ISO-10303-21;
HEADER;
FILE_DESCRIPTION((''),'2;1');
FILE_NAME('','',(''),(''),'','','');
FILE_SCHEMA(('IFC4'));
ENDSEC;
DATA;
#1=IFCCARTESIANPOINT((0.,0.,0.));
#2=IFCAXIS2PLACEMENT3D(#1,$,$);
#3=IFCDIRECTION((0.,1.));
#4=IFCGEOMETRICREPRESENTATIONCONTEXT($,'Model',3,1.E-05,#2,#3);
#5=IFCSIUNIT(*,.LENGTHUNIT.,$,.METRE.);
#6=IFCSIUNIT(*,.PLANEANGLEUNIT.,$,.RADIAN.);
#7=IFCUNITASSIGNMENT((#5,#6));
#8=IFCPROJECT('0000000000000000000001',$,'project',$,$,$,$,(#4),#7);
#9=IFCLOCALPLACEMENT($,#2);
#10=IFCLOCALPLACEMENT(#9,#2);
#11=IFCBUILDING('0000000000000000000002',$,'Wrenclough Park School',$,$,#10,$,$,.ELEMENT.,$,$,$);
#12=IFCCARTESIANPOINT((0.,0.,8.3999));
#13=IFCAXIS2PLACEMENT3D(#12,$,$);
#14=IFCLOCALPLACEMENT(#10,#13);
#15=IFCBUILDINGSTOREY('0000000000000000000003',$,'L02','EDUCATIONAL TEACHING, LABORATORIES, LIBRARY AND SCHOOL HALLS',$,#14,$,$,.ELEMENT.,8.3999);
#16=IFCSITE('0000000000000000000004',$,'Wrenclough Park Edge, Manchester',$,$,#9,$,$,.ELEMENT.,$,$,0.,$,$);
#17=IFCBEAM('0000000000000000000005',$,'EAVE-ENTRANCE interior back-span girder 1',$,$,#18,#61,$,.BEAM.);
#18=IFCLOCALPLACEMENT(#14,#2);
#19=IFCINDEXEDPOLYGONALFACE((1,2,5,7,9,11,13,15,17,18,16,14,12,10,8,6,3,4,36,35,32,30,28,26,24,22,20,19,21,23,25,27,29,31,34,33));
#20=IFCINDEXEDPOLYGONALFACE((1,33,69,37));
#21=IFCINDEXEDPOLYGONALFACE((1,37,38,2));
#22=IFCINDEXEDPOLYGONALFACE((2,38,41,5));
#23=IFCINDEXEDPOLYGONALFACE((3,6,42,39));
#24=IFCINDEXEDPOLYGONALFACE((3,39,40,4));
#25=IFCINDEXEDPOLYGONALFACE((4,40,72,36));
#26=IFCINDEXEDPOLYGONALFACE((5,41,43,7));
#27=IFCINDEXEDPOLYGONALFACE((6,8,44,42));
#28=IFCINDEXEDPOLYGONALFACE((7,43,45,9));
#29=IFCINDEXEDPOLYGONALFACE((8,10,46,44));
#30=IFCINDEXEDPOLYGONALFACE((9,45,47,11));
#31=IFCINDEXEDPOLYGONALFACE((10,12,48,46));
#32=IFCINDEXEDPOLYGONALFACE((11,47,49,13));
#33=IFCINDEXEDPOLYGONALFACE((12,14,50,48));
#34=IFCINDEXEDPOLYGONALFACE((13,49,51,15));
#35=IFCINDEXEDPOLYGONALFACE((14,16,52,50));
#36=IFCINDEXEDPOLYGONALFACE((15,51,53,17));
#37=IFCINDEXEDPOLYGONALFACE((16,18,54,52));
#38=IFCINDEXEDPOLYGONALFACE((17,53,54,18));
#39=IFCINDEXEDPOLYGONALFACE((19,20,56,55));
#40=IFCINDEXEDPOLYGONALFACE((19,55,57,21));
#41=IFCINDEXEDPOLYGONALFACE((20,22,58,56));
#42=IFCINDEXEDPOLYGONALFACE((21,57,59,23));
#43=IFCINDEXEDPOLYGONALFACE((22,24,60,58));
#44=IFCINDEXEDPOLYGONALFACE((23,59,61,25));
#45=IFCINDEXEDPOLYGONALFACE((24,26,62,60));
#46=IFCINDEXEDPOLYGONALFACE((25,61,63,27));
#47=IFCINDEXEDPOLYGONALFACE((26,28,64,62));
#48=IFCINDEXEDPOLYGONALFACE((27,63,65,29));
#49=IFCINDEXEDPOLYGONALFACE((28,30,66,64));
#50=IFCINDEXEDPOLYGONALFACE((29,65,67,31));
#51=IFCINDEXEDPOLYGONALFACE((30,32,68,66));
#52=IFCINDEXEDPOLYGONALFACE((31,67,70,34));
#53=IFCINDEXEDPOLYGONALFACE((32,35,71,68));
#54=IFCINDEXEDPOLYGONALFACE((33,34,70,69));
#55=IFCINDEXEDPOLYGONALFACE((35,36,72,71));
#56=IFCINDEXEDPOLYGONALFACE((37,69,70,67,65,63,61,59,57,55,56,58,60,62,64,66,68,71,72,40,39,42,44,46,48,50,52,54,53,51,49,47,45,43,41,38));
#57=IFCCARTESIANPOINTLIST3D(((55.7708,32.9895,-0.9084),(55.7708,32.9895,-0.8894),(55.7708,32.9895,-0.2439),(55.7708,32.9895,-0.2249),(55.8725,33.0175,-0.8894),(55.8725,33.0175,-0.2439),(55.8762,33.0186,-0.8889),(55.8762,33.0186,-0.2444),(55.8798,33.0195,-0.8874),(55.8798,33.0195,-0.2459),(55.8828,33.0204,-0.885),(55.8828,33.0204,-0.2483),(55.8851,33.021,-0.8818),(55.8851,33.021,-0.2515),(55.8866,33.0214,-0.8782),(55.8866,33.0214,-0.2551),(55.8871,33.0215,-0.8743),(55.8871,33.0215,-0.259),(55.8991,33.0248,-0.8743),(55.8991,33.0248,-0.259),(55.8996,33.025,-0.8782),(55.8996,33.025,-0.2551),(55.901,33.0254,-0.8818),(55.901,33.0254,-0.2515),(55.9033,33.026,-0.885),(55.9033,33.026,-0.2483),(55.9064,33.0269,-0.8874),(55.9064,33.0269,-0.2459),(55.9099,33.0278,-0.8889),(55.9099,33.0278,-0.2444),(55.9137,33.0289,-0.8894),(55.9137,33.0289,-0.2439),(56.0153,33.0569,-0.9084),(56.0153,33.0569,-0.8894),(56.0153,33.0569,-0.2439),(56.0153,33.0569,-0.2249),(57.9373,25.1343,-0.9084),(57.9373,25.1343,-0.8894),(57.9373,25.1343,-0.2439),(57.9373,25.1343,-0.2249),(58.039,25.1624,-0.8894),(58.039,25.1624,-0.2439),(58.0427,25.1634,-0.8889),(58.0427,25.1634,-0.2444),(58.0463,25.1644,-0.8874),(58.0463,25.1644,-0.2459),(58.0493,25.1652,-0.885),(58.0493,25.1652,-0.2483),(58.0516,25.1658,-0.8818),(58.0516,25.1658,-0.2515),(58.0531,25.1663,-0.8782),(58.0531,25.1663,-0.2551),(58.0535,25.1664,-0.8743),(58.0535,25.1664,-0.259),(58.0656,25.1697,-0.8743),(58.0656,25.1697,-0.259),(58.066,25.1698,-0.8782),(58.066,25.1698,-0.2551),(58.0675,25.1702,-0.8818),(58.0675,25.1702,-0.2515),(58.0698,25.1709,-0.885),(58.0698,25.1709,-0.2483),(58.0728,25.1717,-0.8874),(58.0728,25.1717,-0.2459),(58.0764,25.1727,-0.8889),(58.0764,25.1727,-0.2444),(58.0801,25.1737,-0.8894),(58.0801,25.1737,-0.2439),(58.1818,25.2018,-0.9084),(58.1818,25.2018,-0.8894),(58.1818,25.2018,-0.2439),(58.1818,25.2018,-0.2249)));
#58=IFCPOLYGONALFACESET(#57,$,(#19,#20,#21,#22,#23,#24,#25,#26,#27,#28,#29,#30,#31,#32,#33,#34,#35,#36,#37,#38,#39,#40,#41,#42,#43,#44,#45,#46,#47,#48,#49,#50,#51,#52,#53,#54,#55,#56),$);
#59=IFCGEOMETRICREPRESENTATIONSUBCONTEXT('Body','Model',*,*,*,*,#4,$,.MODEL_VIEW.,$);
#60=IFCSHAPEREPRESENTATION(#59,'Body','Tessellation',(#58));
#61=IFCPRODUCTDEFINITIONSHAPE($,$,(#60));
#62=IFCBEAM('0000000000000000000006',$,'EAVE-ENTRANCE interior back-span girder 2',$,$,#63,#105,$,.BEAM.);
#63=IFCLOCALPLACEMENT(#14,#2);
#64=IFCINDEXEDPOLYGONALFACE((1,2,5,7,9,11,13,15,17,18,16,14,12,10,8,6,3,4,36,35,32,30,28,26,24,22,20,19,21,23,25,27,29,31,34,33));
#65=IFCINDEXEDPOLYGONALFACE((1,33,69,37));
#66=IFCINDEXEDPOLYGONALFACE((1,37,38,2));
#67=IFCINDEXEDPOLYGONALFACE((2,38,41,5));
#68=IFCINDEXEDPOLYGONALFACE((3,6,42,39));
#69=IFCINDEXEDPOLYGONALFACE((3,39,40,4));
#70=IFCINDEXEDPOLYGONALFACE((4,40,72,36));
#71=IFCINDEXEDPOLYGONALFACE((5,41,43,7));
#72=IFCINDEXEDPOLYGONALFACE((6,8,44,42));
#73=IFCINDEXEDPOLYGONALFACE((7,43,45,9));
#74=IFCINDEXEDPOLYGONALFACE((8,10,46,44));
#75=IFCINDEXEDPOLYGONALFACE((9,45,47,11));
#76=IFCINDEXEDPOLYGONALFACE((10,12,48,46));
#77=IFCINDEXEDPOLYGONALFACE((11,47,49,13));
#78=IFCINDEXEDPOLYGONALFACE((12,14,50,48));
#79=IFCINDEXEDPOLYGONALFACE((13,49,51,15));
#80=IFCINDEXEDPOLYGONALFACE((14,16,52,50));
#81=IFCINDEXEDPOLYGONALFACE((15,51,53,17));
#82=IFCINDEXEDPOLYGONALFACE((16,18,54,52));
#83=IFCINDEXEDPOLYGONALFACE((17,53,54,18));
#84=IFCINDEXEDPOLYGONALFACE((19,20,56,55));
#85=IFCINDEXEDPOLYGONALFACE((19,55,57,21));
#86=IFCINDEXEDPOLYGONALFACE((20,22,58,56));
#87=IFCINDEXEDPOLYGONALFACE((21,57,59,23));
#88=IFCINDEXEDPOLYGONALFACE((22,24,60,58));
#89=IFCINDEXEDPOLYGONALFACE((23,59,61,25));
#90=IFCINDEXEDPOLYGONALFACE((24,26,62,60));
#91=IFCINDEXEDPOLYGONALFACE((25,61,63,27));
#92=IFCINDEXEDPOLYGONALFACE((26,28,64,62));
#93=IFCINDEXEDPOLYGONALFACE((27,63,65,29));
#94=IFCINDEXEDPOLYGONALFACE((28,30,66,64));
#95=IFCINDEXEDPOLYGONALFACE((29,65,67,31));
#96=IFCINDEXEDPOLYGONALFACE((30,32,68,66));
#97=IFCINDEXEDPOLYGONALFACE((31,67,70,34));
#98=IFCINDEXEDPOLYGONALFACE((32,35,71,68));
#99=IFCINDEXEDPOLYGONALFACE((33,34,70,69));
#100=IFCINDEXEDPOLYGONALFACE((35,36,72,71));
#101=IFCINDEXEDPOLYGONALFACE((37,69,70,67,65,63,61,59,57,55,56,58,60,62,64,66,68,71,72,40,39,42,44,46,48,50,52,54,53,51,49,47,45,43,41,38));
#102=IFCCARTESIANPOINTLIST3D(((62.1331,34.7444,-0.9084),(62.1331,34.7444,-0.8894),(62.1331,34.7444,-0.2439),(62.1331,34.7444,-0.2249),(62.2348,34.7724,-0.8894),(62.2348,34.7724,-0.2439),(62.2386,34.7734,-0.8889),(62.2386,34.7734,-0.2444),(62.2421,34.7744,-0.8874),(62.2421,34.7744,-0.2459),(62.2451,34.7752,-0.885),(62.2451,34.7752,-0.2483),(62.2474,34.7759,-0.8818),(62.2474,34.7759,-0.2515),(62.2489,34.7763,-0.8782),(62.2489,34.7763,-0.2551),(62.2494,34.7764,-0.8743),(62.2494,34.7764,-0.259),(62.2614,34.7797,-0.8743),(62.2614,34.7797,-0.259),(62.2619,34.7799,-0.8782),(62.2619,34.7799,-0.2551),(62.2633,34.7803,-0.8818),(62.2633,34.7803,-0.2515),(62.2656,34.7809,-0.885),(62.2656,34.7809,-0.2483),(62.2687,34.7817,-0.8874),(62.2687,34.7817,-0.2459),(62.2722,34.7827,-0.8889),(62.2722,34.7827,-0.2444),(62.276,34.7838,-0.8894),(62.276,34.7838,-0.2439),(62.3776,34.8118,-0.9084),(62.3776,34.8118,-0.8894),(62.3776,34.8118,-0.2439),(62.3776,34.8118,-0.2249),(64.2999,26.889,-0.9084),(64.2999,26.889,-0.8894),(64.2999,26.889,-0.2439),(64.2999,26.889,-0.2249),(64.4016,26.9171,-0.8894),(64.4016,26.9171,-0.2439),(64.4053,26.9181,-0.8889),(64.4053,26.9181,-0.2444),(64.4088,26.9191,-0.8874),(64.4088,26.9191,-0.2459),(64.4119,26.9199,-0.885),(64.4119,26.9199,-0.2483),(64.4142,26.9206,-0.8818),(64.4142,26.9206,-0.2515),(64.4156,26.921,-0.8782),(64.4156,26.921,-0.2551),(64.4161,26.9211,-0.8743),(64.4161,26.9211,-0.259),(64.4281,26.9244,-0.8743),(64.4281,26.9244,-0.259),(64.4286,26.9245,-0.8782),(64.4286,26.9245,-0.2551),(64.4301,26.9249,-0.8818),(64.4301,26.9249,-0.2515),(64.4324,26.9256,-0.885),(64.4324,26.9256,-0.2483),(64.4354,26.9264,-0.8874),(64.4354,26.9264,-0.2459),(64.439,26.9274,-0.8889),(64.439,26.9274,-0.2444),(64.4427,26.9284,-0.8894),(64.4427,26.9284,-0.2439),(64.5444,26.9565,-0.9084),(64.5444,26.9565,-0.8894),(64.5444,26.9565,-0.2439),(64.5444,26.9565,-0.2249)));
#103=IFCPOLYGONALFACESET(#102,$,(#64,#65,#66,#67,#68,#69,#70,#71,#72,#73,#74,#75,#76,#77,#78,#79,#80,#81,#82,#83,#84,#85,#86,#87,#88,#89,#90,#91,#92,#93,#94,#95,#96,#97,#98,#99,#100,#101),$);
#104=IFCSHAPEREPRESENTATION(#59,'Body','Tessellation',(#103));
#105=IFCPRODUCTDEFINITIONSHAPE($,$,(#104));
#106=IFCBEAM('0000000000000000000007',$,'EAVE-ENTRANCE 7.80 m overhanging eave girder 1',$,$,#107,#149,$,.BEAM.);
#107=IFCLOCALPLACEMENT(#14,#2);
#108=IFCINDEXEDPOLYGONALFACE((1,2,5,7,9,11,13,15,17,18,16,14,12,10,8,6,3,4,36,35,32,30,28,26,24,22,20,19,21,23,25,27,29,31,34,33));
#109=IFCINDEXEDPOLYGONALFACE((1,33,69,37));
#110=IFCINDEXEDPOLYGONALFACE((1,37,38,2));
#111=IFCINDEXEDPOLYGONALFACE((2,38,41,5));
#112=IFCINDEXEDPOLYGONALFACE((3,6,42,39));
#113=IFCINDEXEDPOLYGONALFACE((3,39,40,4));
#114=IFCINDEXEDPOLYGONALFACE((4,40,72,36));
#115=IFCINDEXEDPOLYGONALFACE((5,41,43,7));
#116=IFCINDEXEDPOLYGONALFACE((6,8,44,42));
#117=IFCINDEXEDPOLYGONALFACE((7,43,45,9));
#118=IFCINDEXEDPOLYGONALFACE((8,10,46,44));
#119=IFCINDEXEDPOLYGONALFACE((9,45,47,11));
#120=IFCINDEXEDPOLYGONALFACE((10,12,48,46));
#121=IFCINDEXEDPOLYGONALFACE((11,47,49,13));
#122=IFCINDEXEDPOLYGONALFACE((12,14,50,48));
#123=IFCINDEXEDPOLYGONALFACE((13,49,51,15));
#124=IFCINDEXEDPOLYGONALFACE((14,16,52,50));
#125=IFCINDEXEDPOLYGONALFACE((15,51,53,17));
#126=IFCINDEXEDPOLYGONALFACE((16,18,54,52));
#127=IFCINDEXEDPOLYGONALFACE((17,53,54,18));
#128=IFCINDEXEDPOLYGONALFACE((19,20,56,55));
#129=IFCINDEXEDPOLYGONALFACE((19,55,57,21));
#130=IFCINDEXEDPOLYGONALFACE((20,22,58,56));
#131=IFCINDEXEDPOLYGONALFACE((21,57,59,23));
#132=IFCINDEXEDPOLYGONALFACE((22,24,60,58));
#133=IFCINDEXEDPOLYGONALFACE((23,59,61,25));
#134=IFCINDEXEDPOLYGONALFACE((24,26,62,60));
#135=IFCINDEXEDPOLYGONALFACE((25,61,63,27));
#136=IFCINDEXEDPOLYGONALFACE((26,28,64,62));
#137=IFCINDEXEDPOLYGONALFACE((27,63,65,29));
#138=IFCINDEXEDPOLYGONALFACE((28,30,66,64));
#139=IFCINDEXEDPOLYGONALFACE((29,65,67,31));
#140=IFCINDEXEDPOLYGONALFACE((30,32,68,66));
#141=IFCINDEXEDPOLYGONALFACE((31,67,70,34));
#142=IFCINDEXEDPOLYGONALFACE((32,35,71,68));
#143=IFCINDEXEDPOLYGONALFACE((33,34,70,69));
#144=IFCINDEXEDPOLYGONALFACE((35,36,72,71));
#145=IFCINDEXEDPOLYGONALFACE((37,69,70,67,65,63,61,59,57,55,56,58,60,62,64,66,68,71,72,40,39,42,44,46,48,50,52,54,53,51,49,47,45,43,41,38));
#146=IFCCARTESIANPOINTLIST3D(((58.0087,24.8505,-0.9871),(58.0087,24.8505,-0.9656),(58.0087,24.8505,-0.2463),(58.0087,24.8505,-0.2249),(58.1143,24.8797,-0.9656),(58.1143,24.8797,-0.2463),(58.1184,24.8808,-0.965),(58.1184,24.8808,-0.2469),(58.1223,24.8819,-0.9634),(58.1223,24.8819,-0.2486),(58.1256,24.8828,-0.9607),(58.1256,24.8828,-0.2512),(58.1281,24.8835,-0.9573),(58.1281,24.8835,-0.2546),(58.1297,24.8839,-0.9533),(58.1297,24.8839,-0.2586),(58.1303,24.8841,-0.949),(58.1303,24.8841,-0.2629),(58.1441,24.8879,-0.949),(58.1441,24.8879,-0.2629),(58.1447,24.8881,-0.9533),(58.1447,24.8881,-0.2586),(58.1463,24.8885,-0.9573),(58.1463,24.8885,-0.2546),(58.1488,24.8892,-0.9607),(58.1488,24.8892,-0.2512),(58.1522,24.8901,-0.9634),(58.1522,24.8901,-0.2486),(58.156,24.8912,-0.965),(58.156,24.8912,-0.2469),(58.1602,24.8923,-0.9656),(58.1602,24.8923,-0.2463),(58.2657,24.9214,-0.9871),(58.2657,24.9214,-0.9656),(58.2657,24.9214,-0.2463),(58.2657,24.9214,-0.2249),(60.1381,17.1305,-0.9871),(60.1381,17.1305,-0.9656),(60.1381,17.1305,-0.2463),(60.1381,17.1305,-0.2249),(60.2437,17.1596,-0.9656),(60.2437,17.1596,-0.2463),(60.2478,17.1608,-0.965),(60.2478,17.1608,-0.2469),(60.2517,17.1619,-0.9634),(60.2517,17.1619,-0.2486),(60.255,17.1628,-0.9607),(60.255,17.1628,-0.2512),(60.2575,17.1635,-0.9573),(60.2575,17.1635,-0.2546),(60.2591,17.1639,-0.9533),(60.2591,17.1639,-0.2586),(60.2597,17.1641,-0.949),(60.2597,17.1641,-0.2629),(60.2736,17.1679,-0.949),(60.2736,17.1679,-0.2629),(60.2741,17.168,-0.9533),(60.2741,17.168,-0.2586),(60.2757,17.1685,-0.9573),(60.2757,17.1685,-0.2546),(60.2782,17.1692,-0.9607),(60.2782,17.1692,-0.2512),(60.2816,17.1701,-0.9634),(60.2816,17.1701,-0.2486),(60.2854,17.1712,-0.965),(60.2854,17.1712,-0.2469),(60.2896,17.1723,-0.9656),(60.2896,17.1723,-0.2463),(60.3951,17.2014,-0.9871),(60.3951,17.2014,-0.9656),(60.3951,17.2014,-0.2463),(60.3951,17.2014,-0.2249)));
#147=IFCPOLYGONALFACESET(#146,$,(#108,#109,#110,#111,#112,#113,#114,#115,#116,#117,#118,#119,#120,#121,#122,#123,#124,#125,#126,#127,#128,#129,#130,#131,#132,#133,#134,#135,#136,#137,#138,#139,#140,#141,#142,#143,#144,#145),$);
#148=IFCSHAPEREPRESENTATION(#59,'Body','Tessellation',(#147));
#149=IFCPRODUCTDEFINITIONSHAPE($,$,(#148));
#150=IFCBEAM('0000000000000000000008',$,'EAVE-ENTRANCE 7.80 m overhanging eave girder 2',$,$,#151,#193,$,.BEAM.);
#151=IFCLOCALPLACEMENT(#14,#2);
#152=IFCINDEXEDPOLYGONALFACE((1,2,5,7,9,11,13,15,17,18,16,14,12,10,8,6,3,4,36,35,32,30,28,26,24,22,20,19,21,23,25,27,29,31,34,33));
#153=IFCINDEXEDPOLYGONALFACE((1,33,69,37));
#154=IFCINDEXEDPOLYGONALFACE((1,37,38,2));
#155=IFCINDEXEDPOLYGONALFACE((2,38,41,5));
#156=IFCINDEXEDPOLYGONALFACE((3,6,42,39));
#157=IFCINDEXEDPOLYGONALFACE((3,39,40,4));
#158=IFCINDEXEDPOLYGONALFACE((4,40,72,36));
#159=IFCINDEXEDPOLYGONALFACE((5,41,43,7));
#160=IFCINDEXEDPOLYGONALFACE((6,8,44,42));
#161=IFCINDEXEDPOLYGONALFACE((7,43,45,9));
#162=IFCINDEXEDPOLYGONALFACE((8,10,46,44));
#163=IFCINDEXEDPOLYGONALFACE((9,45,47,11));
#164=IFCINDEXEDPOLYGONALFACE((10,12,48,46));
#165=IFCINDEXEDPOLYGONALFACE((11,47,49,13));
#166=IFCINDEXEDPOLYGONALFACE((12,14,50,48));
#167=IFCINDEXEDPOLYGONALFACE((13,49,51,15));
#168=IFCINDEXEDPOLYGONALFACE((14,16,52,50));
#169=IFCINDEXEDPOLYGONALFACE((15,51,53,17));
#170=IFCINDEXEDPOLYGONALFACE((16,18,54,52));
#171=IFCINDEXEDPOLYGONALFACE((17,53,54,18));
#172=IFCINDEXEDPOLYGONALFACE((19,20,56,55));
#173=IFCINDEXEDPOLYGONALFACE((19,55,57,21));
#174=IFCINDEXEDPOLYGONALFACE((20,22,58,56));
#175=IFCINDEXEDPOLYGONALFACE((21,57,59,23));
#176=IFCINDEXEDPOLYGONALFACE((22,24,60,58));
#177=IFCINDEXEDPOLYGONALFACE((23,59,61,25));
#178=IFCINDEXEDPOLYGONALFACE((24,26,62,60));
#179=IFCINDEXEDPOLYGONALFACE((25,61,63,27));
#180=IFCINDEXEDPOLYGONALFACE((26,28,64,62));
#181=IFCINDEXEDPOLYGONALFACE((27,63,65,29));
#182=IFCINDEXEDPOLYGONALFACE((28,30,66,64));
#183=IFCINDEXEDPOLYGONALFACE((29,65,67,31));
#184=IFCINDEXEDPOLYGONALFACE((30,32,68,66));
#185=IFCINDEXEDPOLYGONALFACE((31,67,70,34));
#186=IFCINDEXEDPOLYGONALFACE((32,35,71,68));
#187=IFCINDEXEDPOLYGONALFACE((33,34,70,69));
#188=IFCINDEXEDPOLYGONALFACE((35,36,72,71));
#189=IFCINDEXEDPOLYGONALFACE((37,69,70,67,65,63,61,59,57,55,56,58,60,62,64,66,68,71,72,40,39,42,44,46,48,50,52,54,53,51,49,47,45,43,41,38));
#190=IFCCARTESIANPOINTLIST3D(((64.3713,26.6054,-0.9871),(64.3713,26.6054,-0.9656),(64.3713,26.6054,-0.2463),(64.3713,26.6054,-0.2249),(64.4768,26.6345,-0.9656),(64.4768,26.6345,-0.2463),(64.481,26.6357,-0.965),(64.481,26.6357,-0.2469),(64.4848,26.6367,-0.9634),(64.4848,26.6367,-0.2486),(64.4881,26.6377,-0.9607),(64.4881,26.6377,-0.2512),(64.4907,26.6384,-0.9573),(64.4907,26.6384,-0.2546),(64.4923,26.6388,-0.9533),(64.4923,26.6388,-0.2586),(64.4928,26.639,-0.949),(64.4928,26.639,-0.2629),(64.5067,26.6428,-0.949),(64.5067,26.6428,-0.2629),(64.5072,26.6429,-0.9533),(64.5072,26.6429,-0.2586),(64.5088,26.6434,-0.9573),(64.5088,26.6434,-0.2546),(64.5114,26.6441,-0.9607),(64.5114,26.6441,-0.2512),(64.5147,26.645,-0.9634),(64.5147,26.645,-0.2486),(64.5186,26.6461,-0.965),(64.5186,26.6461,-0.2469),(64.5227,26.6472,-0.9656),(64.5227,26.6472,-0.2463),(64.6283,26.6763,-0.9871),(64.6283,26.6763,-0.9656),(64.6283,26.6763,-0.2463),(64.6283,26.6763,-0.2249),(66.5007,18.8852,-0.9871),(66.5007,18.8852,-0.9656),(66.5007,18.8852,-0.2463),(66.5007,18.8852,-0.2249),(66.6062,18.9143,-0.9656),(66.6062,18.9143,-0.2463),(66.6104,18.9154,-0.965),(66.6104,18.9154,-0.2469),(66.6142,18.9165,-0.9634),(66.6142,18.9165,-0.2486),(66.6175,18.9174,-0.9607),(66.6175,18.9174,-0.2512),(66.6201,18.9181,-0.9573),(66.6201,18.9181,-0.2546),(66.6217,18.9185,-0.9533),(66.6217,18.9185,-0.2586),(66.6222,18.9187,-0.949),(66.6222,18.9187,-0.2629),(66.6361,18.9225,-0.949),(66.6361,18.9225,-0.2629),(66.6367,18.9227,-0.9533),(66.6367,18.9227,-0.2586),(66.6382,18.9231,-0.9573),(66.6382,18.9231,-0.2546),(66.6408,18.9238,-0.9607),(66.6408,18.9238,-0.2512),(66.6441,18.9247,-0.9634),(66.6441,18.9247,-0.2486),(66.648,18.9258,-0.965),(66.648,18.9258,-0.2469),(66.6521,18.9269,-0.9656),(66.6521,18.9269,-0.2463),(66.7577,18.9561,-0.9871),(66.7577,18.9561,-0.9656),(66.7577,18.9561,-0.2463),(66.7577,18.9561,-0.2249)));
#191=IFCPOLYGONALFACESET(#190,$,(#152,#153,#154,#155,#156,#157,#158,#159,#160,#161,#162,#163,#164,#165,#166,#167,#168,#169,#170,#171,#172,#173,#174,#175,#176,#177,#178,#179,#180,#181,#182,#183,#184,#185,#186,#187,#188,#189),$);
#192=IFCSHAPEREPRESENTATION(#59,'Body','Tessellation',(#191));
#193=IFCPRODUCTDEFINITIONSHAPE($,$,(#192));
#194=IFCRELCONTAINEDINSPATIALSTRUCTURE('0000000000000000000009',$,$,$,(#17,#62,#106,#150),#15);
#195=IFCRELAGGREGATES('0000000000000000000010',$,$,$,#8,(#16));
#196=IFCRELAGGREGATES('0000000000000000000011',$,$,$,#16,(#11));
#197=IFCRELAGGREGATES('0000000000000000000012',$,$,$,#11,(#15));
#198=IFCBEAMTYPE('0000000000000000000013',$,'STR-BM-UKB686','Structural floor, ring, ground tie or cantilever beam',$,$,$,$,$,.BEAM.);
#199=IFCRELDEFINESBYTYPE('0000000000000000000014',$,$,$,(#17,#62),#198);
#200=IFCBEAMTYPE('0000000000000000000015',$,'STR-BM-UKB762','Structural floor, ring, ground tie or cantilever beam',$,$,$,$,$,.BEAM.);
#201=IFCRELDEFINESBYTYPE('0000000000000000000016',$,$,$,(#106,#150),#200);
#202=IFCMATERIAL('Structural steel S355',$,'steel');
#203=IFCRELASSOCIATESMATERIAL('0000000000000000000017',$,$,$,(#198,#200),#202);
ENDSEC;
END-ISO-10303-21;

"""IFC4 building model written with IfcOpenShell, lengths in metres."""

from ifc_helpers import new_model, si_unit, direction, frame, origin, origin_2d, place, context, subcontext, project, spatial, i_section, extrude, material, material_profile, profile_set, type_object, element, save


model = new_model("IFC4")

# Units and contexts
model_context = context("Model", 3, precision=1e-05, world=origin(), true_north=direction((0.0, 1.0)))
body_context = subcontext(model_context, "Body", "Model", "MODEL_VIEW")
ifc_project = project(units=[si_unit("LENGTHUNIT", "METRE"), si_unit("PLANEANGLEUNIT", "RADIAN")], contexts=[model_context])

# Site, building, storey
site_placement = place(None, origin())
site = spatial("IfcSite", under=ifc_project, at=site_placement, Name="Wrenclough Park Edge, Manchester", CompositionType="ELEMENT", RefElevation=0.0)
building_placement = place(site_placement, origin())
building = spatial("IfcBuilding", under=site, at=building_placement, Name="Wrenclough Park School", CompositionType="ELEMENT")
storey_placement = place(building_placement, frame((0.0, 0.0, 8.3999)))
storey = spatial("IfcBuildingStorey", under=building, at=storey_placement, Name="L02", Description="EDUCATIONAL TEACHING, LABORATORIES, LIBRARY AND SCHOOL HALLS", CompositionType="ELEMENT", Elevation=8.3999)

# Beams
ifc_material_1 = material(Name="Structural steel S355", Category="steel")
ifc_material_profile_1 = material_profile(ifc_material_1, i_section(OverallWidth=0.2537, OverallDepth=0.6836, WebThickness=0.0125, FlangeThickness=0.019, FilletRadius=0.0151, at=origin_2d()), Name="UKB 686x254x140")
ifc_profile_set_1 = profile_set([ifc_material_profile_1], Name="Structural steel S355")
beam_type_1 = type_object("IfcBeamType", Name="STR-BM-UKB686", Description="Structural floor, ring, ground tie or cantilever beam", PredefinedType="BEAM", material=ifc_profile_set_1)
beam_1_placement = place(storey_placement, frame((55.8931, 33.0232, -0.5667), z_axis=(0.265877, -0.964007, 0.0), x_axis=(0.964007, 0.265877, 0.0)))
element("IfcBeam", 1, at=beam_1_placement, inside=storey, type_object=beam_type_1, Name="EAVE-ENTRANCE interior back-span girder 1", PredefinedType="BEAM", context=body_context, shape_type="SweptSolid", body=[
    extrude(i_section(OverallWidth=0.2537, OverallDepth=0.6836, WebThickness=0.0125, FlangeThickness=0.019, FilletRadius=0.0151, at=origin_2d()), origin(), (0.0, 0.0, 1.0), 8.1484),
])
beam_2_placement = place(storey_placement, frame((62.2554, 34.7781, -0.5667), z_axis=(0.265905, -0.963999, 0.0), x_axis=(0.963999, 0.265905, 0.0)))
element("IfcBeam", 2, at=beam_2_placement, inside=storey, type_object=beam_type_1, Name="EAVE-ENTRANCE interior back-span girder 2", PredefinedType="BEAM", context=body_context, shape_type="SweptSolid", body=[
    extrude(i_section(OverallWidth=0.2537, OverallDepth=0.6836, WebThickness=0.0125, FlangeThickness=0.019, FilletRadius=0.0151, at=origin_2d()), origin(), (0.0, 0.0, 1.0), 8.1487),
])
ifc_material_profile_2 = material_profile(ifc_material_1, i_section(OverallWidth=0.2666, OverallDepth=0.7622, WebThickness=0.0144, FlangeThickness=0.0215, FilletRadius=0.0166, at=origin_2d()), Name="UKB 762x267x173")
ifc_profile_set_2 = profile_set([ifc_material_profile_2], Name="Structural steel S355")
beam_type_2 = type_object("IfcBeamType", Name="STR-BM-UKB762", Description="Structural floor, ring, ground tie or cantilever beam", PredefinedType="BEAM", material=ifc_profile_set_2)
beam_3_placement = place(storey_placement, frame((58.1372, 24.886, -0.606), z_axis=(0.2659, -0.964001, 0.0), x_axis=(0.964001, 0.2659, 0.0)))
element("IfcBeam", 3, at=beam_3_placement, inside=storey, type_object=beam_type_2, Name="EAVE-ENTRANCE 7.80 m overhanging eave girder 1", PredefinedType="BEAM", context=body_context, shape_type="SweptSolid", body=[
    extrude(i_section(OverallWidth=0.2666, OverallDepth=0.7622, WebThickness=0.0144, FlangeThickness=0.0215, FilletRadius=0.0166, at=origin_2d()), origin(), (0.0, 0.0, 1.0), 8.0083),
])
beam_4_placement = place(storey_placement, frame((64.4998, 26.6409, -0.606), z_axis=(0.265892, -0.964003, 0.0), x_axis=(0.964003, 0.265892, 0.0)))
element("IfcBeam", 4, at=beam_4_placement, inside=storey, type_object=beam_type_2, Name="EAVE-ENTRANCE 7.80 m overhanging eave girder 2", PredefinedType="BEAM", context=body_context, shape_type="SweptSolid", body=[
    extrude(i_section(OverallWidth=0.2666, OverallDepth=0.7622, WebThickness=0.0144, FlangeThickness=0.0215, FilletRadius=0.0166, at=origin_2d()), origin(), (0.0, 0.0, 1.0), 8.0085),
])

save(model, "model.ifc")
